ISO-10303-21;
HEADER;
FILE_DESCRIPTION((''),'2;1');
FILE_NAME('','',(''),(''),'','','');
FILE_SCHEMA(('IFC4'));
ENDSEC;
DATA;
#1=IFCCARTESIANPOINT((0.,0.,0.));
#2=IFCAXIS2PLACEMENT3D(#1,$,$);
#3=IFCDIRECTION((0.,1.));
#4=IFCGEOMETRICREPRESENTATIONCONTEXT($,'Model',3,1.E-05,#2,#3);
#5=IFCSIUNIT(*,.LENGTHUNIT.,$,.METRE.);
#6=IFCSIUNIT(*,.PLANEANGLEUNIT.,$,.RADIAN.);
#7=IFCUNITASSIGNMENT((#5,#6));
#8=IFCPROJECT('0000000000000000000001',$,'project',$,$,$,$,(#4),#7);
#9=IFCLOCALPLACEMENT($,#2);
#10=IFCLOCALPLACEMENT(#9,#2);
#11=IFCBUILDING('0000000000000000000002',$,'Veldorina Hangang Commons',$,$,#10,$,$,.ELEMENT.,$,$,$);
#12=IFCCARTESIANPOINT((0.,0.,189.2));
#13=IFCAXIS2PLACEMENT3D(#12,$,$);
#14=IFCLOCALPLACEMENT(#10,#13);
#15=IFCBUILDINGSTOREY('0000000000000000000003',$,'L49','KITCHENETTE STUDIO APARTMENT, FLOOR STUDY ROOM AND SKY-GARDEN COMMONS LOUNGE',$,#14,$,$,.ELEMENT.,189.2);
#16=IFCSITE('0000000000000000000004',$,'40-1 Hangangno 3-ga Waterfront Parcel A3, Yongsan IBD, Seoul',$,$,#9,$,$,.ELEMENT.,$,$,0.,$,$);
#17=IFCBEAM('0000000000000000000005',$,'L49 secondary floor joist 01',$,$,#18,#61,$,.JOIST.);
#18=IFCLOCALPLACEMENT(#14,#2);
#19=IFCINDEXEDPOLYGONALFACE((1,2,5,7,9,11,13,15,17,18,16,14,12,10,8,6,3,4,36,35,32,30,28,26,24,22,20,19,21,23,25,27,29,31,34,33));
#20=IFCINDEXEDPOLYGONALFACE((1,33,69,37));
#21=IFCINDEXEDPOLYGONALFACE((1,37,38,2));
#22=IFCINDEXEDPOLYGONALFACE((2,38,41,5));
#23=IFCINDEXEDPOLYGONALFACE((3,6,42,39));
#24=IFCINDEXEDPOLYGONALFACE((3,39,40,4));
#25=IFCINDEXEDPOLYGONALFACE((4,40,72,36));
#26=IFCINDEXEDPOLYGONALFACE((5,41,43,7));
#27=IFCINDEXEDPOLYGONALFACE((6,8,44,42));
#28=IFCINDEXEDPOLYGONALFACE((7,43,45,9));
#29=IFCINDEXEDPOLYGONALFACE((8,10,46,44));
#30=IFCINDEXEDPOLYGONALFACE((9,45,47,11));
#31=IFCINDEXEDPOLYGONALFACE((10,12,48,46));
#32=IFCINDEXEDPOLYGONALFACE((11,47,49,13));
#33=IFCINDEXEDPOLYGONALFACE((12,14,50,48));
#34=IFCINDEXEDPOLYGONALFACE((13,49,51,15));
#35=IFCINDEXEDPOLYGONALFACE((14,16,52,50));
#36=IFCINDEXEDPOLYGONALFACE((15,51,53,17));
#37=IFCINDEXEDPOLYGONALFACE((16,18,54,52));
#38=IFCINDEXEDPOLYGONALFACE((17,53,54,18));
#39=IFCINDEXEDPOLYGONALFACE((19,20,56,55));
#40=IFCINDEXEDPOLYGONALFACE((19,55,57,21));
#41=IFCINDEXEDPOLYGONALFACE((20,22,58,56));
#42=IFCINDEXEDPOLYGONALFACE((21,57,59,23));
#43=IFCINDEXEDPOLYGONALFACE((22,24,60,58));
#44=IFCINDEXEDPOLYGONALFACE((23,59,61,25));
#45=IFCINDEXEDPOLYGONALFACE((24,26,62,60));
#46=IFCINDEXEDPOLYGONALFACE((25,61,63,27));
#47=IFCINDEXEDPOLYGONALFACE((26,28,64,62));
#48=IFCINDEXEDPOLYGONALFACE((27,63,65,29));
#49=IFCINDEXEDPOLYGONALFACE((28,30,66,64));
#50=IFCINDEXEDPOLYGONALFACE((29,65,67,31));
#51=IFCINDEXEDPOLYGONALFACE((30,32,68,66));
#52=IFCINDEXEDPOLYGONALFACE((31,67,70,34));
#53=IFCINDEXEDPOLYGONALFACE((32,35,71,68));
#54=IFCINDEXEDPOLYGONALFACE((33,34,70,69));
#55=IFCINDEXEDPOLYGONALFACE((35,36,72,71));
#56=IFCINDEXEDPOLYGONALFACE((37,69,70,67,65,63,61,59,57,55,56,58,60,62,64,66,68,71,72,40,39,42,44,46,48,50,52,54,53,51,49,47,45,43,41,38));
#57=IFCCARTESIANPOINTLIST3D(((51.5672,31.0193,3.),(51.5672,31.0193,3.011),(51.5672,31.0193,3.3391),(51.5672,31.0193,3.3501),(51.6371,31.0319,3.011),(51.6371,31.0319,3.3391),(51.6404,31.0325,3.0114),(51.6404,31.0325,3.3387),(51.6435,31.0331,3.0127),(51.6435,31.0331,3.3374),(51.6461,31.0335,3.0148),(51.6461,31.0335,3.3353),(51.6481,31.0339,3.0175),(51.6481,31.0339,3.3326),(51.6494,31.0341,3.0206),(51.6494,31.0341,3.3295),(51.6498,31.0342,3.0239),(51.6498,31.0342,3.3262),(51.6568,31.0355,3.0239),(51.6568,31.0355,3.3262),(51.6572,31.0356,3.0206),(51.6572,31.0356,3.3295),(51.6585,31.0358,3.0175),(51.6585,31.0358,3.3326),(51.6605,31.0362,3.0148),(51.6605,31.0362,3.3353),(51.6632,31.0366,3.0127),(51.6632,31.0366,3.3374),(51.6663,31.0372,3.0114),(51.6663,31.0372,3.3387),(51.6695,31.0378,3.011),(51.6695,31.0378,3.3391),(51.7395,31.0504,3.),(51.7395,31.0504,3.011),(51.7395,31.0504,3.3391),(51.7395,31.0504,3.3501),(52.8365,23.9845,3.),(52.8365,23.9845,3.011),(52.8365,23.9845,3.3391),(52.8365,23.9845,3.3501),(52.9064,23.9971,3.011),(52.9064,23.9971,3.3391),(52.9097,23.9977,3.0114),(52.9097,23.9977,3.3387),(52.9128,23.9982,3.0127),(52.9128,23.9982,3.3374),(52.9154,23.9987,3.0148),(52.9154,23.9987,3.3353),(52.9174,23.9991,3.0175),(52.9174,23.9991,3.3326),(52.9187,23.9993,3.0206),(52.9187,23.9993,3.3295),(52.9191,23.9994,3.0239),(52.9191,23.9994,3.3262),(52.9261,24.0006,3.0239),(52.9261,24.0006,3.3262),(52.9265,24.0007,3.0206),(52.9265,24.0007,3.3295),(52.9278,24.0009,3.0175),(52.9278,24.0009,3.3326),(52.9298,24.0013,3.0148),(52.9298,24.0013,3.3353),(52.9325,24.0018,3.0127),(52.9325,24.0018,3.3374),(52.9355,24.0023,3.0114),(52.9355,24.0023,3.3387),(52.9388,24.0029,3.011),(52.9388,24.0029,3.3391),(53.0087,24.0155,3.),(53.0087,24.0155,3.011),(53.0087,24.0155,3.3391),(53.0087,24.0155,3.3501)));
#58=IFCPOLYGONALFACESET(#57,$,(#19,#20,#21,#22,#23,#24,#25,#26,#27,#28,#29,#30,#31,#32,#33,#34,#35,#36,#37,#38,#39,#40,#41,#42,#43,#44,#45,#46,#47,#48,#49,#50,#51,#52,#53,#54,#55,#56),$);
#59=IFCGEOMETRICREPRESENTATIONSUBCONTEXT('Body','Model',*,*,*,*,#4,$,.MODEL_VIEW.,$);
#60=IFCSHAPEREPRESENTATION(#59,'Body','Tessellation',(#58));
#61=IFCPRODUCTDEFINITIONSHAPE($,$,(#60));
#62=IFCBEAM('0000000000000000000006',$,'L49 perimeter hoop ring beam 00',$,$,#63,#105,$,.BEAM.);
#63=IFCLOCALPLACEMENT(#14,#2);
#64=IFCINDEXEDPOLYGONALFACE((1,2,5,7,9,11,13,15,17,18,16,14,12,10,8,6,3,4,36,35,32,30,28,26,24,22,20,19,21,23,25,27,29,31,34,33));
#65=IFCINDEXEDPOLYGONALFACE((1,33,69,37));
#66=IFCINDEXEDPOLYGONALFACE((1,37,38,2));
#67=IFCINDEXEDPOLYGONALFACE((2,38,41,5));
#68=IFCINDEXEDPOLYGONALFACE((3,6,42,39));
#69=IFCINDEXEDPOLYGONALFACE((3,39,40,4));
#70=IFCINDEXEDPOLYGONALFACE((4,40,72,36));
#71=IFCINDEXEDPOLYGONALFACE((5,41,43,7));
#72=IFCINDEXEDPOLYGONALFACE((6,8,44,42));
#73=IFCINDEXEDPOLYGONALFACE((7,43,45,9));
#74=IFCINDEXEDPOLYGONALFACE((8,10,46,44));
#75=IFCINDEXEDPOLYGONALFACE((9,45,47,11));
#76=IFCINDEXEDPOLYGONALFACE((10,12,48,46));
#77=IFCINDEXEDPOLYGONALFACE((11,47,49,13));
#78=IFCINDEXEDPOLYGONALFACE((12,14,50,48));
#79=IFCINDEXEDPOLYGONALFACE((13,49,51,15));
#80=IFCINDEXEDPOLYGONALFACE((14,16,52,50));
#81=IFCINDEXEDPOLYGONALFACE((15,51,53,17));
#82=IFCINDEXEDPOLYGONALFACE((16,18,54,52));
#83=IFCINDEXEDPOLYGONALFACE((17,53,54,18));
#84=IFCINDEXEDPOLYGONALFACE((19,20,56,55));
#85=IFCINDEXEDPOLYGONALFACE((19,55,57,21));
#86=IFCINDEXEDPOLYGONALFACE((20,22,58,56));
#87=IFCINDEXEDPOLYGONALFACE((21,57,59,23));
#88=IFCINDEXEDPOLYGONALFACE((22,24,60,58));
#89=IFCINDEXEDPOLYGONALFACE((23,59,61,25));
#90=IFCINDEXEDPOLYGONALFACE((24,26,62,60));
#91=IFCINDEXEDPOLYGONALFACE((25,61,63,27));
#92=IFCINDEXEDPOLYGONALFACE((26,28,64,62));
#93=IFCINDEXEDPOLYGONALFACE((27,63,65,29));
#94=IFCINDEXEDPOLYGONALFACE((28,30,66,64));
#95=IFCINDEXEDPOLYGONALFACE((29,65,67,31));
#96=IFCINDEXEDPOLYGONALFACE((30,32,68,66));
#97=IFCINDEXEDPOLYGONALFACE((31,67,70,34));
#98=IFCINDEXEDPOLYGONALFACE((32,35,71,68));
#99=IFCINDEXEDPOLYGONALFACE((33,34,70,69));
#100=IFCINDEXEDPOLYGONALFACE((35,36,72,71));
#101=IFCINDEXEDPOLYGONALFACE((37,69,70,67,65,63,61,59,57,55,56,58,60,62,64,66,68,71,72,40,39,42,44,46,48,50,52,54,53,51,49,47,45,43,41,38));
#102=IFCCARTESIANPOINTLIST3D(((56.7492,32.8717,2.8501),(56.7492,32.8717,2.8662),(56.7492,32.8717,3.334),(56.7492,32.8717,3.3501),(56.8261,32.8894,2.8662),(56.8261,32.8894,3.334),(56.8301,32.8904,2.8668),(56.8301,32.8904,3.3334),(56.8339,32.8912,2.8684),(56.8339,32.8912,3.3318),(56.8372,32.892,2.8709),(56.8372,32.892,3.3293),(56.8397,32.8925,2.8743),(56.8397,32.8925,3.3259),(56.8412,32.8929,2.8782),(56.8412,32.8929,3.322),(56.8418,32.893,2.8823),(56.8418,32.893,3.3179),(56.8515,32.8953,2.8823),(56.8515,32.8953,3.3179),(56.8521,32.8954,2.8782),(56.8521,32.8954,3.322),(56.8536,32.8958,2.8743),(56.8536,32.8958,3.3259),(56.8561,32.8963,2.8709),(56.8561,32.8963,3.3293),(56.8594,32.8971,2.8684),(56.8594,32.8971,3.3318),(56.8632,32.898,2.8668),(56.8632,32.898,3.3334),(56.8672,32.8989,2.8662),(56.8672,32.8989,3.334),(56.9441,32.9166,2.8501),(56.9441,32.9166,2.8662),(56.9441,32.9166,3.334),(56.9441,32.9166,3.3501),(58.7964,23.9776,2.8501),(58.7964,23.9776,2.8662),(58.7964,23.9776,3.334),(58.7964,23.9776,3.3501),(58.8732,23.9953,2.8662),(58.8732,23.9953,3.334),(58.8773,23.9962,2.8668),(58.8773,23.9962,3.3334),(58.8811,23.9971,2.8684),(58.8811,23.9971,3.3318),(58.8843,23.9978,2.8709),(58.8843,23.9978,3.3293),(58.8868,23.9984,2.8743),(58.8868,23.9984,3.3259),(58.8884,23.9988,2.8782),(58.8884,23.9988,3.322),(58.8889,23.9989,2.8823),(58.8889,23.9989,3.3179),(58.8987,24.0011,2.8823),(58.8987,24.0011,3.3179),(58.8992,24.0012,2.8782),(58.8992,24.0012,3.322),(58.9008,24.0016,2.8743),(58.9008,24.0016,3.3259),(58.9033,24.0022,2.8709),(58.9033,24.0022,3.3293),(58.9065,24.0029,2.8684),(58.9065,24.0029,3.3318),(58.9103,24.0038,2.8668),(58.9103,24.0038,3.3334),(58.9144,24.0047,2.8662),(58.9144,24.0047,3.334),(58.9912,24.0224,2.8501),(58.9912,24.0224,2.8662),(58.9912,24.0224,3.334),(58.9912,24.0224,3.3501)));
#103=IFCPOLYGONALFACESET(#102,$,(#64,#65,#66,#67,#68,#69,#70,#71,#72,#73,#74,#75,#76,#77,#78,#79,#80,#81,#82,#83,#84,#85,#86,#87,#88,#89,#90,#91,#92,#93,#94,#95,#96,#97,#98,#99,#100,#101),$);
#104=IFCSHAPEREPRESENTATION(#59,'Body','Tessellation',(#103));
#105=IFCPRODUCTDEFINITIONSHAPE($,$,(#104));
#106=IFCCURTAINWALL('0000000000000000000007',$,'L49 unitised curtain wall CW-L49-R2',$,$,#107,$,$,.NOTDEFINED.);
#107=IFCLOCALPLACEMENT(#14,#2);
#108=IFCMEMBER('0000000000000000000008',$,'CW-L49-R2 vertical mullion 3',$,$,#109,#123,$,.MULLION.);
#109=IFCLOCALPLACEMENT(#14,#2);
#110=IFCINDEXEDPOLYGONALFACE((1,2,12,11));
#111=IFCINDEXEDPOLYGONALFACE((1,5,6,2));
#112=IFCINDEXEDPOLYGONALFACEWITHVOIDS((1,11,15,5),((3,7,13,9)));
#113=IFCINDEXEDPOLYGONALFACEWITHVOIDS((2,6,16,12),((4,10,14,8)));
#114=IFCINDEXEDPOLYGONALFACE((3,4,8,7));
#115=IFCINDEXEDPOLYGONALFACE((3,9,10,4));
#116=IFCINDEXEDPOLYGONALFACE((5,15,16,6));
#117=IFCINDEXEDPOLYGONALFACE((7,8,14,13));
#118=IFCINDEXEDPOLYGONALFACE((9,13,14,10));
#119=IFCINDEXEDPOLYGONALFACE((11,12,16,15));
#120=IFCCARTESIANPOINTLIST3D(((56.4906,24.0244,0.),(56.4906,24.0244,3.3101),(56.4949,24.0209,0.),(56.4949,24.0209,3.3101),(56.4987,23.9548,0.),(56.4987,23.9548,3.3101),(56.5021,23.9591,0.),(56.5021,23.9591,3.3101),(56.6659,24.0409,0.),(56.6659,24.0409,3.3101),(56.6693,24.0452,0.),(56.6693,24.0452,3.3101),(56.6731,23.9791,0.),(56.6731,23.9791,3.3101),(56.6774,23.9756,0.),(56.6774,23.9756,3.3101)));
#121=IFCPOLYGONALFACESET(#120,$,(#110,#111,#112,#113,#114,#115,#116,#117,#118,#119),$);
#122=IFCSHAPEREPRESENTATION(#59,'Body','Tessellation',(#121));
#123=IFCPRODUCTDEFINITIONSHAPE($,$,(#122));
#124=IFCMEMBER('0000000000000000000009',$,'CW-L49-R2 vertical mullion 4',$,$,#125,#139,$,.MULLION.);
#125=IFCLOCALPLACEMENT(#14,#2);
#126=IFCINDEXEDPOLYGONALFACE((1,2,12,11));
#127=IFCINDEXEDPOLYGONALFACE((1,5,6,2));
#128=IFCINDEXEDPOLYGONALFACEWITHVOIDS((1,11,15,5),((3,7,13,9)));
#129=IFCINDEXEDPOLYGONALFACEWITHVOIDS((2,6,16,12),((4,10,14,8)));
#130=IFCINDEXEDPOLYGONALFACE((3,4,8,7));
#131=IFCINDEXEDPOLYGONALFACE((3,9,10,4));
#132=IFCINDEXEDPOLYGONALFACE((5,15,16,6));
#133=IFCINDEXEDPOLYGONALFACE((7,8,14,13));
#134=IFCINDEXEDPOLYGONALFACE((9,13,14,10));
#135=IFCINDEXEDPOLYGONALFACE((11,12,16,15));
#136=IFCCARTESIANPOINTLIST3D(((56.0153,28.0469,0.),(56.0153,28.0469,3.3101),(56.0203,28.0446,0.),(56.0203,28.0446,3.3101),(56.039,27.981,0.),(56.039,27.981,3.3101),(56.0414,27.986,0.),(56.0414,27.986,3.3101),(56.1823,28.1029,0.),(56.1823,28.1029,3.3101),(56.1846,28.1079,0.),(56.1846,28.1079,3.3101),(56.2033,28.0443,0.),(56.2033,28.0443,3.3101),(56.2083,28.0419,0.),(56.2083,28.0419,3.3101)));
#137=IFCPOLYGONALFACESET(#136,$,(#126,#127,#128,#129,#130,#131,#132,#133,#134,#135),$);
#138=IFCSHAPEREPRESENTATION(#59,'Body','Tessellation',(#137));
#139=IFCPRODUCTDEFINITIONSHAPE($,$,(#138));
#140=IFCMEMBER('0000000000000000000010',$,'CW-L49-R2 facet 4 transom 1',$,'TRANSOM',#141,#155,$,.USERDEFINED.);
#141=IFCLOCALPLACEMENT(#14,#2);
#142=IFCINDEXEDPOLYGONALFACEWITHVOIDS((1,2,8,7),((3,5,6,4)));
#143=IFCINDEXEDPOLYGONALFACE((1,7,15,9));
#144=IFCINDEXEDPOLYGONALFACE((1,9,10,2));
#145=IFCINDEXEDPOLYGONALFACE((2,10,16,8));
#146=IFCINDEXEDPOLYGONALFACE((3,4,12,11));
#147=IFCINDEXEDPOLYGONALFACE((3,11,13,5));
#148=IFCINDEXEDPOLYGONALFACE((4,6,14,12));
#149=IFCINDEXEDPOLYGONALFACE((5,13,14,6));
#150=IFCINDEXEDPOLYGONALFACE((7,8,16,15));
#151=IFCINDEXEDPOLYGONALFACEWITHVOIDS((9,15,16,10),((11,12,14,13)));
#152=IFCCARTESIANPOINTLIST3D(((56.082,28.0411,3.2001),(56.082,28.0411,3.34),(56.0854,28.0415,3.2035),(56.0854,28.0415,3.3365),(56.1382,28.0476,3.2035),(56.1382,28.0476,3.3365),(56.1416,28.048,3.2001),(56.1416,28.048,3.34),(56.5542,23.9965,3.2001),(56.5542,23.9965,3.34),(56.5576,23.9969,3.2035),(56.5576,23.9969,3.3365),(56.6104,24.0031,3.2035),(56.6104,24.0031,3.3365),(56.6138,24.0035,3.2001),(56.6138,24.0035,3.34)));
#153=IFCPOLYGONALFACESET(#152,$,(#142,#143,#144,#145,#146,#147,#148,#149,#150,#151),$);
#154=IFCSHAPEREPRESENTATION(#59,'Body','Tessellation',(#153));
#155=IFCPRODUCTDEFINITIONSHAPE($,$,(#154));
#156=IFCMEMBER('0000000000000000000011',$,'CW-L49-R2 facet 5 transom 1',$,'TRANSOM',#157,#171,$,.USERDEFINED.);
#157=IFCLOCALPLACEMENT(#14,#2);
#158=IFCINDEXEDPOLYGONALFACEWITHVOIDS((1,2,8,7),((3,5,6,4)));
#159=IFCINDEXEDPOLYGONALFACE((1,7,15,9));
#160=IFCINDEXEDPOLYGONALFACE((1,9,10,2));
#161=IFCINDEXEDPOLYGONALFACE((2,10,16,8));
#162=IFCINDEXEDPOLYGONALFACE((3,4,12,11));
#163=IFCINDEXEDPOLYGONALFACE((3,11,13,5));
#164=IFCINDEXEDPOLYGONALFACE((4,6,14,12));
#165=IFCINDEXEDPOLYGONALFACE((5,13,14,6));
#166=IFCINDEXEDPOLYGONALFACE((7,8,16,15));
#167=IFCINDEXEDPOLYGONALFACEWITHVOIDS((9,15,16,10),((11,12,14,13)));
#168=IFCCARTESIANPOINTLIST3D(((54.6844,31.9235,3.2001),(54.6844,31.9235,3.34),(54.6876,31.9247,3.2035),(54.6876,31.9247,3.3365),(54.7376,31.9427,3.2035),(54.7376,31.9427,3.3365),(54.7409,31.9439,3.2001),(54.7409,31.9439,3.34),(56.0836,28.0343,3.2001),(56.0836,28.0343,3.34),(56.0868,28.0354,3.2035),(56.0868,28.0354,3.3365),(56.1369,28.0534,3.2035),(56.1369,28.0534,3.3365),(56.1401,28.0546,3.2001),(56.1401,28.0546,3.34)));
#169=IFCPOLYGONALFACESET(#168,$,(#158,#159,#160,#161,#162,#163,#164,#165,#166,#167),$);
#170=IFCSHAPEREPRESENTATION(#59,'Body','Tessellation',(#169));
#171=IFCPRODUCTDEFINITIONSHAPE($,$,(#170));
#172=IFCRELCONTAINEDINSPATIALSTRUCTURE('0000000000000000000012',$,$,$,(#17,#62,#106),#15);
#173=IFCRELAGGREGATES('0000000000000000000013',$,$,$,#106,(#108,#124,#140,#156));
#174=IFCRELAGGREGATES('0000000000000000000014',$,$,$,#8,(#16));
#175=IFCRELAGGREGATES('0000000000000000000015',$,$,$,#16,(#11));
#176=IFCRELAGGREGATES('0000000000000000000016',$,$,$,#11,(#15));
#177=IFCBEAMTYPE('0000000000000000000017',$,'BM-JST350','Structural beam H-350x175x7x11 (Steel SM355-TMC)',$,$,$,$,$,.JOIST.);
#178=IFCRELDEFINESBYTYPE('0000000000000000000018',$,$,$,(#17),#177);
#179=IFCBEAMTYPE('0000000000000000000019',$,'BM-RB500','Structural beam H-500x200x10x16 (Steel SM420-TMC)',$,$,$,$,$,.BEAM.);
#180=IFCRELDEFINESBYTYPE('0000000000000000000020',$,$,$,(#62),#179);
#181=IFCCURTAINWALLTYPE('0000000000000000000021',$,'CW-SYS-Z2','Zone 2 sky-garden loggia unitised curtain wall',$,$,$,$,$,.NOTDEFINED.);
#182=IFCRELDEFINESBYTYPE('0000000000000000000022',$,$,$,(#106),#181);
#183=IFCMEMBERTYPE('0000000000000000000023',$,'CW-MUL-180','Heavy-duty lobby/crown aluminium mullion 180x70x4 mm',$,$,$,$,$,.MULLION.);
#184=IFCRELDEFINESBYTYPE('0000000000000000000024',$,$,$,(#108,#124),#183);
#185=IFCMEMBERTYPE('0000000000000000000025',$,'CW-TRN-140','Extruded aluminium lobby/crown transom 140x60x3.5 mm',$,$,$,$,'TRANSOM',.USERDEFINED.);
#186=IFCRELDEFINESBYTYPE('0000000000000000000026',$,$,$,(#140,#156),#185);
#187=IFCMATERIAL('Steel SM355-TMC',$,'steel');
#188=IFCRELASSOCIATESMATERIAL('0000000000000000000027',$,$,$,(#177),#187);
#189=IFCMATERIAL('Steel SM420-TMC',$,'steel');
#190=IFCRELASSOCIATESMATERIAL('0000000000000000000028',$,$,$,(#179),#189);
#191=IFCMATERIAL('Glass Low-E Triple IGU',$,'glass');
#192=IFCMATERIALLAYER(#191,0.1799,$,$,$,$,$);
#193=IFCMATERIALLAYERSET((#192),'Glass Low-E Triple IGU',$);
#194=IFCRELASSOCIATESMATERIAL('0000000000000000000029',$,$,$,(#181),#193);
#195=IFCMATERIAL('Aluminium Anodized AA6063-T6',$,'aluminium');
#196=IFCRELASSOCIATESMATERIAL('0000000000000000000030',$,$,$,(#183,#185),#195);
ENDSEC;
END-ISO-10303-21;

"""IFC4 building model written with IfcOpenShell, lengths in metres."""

from ifc_helpers import new_model, si_unit, direction, frame, origin, origin_2d, place, context, subcontext, project, spatial, hollow_rectangle, i_section, extrude, material, layer, layer_set, material_profile, profile_set, type_object, element, aggregate, save


model = new_model("IFC4")

# Units and contexts
model_context = context("Model", 3, precision=1e-05, world=origin(), true_north=direction((0.0, 1.0)))
body_context = subcontext(model_context, "Body", "Model", "MODEL_VIEW")
ifc_project = project(units=[si_unit("LENGTHUNIT", "METRE"), si_unit("PLANEANGLEUNIT", "RADIAN")], contexts=[model_context])

# Site, building, storey
site_placement = place(None, origin())
site = spatial("IfcSite", under=ifc_project, at=site_placement, Name="40-1 Hangangno 3-ga Waterfront Parcel A3, Yongsan IBD, Seoul", CompositionType="ELEMENT", RefElevation=0.0)
building_placement = place(site_placement, origin())
building = spatial("IfcBuilding", under=site, at=building_placement, Name="Veldorina Hangang Commons", CompositionType="ELEMENT")
storey_placement = place(building_placement, frame((0.0, 0.0, 189.2)))
storey = spatial("IfcBuildingStorey", under=building, at=storey_placement, Name="L49", Description="KITCHENETTE STUDIO APARTMENT, FLOOR STUDY ROOM AND SKY-GARDEN COMMONS LOUNGE", CompositionType="ELEMENT", Elevation=189.2)

# Beams
ifc_material_1 = material(Name="Steel SM355-TMC", Category="steel")
ifc_material_profile_1 = material_profile(ifc_material_1, i_section(OverallWidth=0.175, OverallDepth=0.3501, WebThickness=0.0071, FlangeThickness=0.011, FilletRadius=0.0129, at=origin_2d()), Name="H-350x175x7x11")
ifc_profile_set_1 = profile_set([ifc_material_profile_1], Name="Steel SM355-TMC")
beam_type_1 = type_object("IfcBeamType", Name="BM-JST350", Description="Structural beam H-350x175x7x11 (Steel SM355-TMC)", PredefinedType="JOIST", material=ifc_profile_set_1)
beam_1_placement = place(storey_placement, frame((52.9226, 24.0, 3.175), z_axis=(-0.17756, 0.98411, 0.0), x_axis=(-0.98411, -0.17756, 0.0)))
element("IfcBeam", 1, at=beam_1_placement, inside=storey, type_object=beam_type_1, Name="L49 secondary floor joist 01", PredefinedType="JOIST", context=body_context, shape_type="SweptSolid", body=[
    extrude(i_section(OverallWidth=0.175, OverallDepth=0.3501, WebThickness=0.0071, FlangeThickness=0.011, FilletRadius=0.0129, at=origin_2d()), origin(), (0.0, 0.0, 1.0), 7.1484),
])
ifc_material_2 = material(Name="Steel SM420-TMC", Category="steel")
ifc_material_profile_2 = material_profile(ifc_material_2, i_section(OverallWidth=0.2, OverallDepth=0.5, WebThickness=0.01, FlangeThickness=0.0161, FilletRadius=0.0161, at=origin_2d()), Name="H-500x200x10x16")
ifc_profile_set_2 = profile_set([ifc_material_profile_2], Name="Steel SM420-TMC")
beam_type_2 = type_object("IfcBeamType", Name="BM-RB500", Description="Structural beam H-500x200x10x16 (Steel SM420-TMC)", PredefinedType="BEAM", material=ifc_profile_set_2)
beam_2_placement = place(storey_placement, frame((58.8938, 24.0, 3.1001), z_axis=(-0.224303, 0.97452, 0.0), x_axis=(-0.97452, -0.224303, 0.0)))
element("IfcBeam", 2, at=beam_2_placement, inside=storey, type_object=beam_type_2, Name="L49 perimeter hoop ring beam 00", PredefinedType="BEAM", context=body_context, shape_type="SweptSolid", body=[
    extrude(i_section(OverallWidth=0.2, OverallDepth=0.5, WebThickness=0.01, FlangeThickness=0.0161, FilletRadius=0.0161, at=origin_2d()), origin(), (0.0, 0.0, 1.0), 9.1267),
])

# Curtain wall, members
ifc_material_3 = material(Name="Glass Low-E Triple IGU", Category="glass")
ifc_layer_1 = layer(ifc_material_3, 0.1799)
ifc_layer_set_1 = layer_set([ifc_layer_1], Name="Glass Low-E Triple IGU")
curtain_wall_type = type_object("IfcCurtainWallType", Name="CW-SYS-Z2", Description="Zone 2 sky-garden loggia unitised curtain wall", PredefinedType="NOTDEFINED", material=ifc_layer_set_1)
curtain_wall_placement = place(storey_placement, origin())
curtain_wall = element("IfcCurtainWall", 3, at=curtain_wall_placement, inside=storey, type_object=curtain_wall_type, Name="L49 unitised curtain wall CW-L49-R2", PredefinedType="NOTDEFINED")
ifc_material_4 = material(Name="Aluminium Anodized AA6063-T6", Category="aluminium")
ifc_material_profile_3 = material_profile(ifc_material_4, hollow_rectangle(XDim=0.0701, YDim=0.1799, WallThickness=0.0039, at=origin_2d()), Name="ALU-RHS-180x70x4")
ifc_profile_set_3 = profile_set([ifc_material_profile_3], Name="Aluminium Anodized AA6063-T6")
member_type_1 = type_object("IfcMemberType", Name="CW-MUL-180", Description="Heavy-duty lobby/crown aluminium mullion 180x70x4 mm", PredefinedType="MULLION", material=ifc_profile_set_3)
member_1_placement = place(storey_placement, frame((56.584, 24.0, 0.0), z_axis=(0.0, 0.0, 1.0), x_axis=(-0.116012, 0.993248, 0.0)))
member_1 = element("IfcMember", 4, at=member_1_placement, type_object=member_type_1, Name="CW-L49-R2 vertical mullion 3", PredefinedType="MULLION", context=body_context, shape_type="SweptSolid", body=[
    extrude(hollow_rectangle(XDim=0.0701, YDim=0.1799, WallThickness=0.0039, at=origin_2d()), origin(), (0.0, 0.0, 1.0), 3.3101),
])
member_2_placement = place(storey_placement, frame((56.1118, 28.0444, 0.0), z_axis=(0.0, 0.0, 1.0), x_axis=(-0.338492, 0.940969, 0.0)))
member_2 = element("IfcMember", 5, at=member_2_placement, type_object=member_type_1, Name="CW-L49-R2 vertical mullion 4", PredefinedType="MULLION", context=body_context, shape_type="SweptSolid", body=[
    extrude(hollow_rectangle(XDim=0.0701, YDim=0.1799, WallThickness=0.0039, at=origin_2d()), origin(), (0.0, 0.0, 1.0), 3.3101),
])
ifc_material_profile_4 = material_profile(ifc_material_4, hollow_rectangle(XDim=0.0601, YDim=0.1399, WallThickness=0.0034, at=origin_2d()), Name="ALU-RHS-140x60x3.5")
ifc_profile_set_4 = profile_set([ifc_material_profile_4], Name="Aluminium Anodized AA6063-T6")
member_type_2 = type_object("IfcMemberType", Name="CW-TRN-140", Description="Extruded aluminium lobby/crown transom 140x60x3.5 mm", ElementType="TRANSOM", PredefinedType="USERDEFINED", material=ifc_profile_set_4)
member_3_placement = place(storey_placement, frame((56.584, 24.0, 3.27), z_axis=(-0.115958, 0.993254, 0.0), x_axis=(-0.993254, -0.115958, 0.0)))
member_3 = element("IfcMember", 6, at=member_3_placement, type_object=member_type_2, Name="CW-L49-R2 facet 4 transom 1", ObjectType="TRANSOM", PredefinedType="USERDEFINED", context=body_context, shape_type="SweptSolid", body=[
    extrude(hollow_rectangle(XDim=0.0601, YDim=0.1399, WallThickness=0.0034, at=origin_2d()), origin(), (0.0, 0.0, 1.0), 4.072),
])
member_4_placement = place(storey_placement, frame((56.1118, 28.0444, 3.27), z_axis=(-0.338521, 0.940959, 0.0), x_axis=(-0.940959, -0.338521, 0.0)))
member_4 = element("IfcMember", 7, at=member_4_placement, type_object=member_type_2, Name="CW-L49-R2 facet 5 transom 1", ObjectType="TRANSOM", PredefinedType="USERDEFINED", context=body_context, shape_type="SweptSolid", body=[
    extrude(hollow_rectangle(XDim=0.0601, YDim=0.1399, WallThickness=0.0034, at=origin_2d()), origin(), (0.0, 0.0, 1.0), 4.1333),
])

aggregate(curtain_wall, [member_1, member_2, member_3, member_4])

save(model, "model.ifc")
